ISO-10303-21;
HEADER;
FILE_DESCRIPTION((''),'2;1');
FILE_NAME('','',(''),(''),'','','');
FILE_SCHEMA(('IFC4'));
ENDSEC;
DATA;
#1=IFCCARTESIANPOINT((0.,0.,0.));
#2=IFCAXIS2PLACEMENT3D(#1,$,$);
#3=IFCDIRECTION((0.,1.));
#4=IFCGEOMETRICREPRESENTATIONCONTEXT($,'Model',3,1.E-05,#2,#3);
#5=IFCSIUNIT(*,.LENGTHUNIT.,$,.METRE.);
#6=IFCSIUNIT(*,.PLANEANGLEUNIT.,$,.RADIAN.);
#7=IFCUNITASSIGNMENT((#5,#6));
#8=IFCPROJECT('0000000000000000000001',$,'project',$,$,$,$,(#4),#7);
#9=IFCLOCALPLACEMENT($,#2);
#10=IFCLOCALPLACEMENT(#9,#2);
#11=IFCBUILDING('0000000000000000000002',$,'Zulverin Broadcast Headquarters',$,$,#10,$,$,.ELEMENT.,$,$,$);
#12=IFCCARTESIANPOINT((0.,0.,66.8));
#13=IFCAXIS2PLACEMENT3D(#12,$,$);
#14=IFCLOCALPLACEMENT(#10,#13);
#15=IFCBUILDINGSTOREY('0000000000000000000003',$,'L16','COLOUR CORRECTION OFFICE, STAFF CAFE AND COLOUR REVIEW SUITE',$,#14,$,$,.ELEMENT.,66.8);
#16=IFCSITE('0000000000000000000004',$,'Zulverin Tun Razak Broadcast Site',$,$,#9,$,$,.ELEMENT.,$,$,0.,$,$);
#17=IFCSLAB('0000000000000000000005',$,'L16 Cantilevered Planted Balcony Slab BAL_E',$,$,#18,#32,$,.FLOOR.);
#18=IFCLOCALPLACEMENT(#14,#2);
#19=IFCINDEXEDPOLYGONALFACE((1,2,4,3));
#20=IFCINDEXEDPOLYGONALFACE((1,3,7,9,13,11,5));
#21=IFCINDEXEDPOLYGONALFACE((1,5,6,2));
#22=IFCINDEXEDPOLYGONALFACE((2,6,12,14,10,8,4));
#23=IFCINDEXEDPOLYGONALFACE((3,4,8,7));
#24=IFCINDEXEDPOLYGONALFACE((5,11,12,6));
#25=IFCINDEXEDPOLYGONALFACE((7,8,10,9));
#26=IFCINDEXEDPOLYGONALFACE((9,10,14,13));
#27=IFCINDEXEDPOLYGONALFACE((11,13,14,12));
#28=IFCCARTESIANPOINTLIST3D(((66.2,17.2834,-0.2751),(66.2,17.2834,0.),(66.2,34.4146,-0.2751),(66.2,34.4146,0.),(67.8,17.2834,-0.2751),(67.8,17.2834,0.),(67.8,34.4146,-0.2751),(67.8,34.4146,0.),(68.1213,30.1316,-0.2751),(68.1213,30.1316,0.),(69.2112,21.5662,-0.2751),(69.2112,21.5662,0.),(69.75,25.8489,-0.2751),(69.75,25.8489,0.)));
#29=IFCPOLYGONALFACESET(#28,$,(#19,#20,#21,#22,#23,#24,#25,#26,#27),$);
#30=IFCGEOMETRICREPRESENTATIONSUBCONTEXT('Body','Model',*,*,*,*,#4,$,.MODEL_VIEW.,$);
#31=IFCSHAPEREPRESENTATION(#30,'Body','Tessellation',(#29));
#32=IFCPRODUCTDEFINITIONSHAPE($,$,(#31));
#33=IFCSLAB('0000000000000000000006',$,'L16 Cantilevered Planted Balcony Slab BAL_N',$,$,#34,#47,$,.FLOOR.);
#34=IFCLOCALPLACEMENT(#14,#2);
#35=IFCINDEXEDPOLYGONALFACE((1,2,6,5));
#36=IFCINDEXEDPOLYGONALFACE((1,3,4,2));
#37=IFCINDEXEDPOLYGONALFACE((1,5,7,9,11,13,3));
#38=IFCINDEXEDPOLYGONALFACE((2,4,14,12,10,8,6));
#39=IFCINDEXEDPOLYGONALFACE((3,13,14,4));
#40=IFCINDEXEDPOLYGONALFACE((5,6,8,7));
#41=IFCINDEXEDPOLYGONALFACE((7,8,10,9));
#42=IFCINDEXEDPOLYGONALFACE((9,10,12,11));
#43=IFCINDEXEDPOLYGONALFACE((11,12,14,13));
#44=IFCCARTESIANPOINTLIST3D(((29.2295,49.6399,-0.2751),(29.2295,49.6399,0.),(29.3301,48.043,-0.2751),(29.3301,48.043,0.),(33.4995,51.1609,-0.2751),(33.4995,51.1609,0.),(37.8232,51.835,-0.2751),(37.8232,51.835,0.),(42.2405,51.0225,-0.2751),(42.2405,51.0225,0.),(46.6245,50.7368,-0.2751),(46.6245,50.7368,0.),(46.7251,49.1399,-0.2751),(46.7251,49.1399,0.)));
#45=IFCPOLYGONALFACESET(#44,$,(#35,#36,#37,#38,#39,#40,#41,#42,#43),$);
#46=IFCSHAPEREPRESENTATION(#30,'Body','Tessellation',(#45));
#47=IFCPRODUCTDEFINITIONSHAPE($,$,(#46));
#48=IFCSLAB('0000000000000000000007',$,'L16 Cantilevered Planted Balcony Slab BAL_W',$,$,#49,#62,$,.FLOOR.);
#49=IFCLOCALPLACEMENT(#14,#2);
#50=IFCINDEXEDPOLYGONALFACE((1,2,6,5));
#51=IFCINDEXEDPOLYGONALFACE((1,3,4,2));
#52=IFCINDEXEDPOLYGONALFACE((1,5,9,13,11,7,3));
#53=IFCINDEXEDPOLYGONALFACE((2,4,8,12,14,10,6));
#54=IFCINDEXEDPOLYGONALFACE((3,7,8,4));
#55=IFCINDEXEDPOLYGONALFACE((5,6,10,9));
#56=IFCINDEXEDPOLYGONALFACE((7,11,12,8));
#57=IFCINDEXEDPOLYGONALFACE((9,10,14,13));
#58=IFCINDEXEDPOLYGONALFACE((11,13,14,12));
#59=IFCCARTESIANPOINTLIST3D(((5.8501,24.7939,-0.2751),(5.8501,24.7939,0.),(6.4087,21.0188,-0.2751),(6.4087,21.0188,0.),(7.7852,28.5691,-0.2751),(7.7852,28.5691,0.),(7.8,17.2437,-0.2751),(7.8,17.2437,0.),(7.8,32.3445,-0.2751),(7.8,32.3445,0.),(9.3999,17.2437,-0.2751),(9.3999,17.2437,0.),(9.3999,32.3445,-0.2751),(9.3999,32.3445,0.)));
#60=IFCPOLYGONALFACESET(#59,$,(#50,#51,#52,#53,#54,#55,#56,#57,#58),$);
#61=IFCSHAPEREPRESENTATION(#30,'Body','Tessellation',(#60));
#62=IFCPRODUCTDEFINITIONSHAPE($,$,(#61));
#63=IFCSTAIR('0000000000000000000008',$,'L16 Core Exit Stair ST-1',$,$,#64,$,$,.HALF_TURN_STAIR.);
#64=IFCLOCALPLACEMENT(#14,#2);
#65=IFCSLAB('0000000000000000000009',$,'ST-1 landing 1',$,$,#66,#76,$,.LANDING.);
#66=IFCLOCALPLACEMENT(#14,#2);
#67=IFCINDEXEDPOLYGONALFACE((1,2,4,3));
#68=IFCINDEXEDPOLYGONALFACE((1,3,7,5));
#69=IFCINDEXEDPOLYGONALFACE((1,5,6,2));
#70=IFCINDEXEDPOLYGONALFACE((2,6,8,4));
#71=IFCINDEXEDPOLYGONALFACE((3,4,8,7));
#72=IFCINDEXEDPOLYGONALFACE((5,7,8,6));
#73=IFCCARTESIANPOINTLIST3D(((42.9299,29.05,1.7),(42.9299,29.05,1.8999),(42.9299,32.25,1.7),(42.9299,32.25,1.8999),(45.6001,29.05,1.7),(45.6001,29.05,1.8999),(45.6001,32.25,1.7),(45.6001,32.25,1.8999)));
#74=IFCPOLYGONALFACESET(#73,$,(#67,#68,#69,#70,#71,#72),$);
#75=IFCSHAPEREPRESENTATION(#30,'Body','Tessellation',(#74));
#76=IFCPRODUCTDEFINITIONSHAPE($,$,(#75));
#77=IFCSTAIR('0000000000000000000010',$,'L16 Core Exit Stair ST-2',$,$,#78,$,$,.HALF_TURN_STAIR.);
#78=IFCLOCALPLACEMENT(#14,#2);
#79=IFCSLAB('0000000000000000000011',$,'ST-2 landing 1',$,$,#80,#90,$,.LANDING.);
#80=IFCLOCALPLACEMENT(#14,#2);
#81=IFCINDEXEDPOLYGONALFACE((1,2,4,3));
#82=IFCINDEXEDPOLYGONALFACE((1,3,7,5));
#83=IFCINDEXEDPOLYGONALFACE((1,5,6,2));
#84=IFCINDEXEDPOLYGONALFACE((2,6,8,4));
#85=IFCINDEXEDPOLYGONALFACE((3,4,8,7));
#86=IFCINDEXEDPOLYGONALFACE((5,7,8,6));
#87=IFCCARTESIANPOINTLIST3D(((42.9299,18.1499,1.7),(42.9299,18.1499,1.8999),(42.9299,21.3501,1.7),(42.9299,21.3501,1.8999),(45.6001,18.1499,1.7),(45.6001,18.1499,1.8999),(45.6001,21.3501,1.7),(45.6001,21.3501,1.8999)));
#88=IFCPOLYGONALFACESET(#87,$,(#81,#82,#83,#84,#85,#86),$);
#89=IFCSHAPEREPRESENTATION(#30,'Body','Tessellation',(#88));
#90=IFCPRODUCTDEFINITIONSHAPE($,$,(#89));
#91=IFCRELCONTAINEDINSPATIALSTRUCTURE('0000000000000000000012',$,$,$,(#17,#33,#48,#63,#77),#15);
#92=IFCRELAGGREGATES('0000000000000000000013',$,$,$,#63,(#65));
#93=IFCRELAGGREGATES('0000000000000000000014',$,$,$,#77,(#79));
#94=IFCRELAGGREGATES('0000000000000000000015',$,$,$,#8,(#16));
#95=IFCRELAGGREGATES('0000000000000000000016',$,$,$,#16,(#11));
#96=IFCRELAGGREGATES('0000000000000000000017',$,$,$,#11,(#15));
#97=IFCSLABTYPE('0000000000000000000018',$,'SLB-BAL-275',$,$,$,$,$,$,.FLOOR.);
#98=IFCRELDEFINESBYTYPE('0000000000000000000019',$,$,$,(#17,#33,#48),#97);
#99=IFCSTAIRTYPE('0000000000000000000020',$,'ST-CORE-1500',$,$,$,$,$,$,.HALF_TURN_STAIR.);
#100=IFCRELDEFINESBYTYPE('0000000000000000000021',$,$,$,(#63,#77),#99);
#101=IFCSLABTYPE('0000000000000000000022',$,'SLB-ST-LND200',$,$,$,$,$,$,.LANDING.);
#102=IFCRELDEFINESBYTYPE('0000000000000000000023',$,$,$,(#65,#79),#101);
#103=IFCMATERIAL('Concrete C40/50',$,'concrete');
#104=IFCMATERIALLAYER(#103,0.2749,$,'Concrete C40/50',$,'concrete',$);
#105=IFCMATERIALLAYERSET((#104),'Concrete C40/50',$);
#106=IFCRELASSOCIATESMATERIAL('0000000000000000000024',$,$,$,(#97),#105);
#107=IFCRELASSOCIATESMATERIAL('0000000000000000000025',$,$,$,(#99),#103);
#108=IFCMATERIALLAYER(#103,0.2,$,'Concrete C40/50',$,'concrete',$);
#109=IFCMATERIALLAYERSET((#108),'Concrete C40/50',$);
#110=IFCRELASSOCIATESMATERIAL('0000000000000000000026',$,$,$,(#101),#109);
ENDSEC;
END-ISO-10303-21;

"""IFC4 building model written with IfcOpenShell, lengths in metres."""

from ifc_helpers import new_model, si_unit, direction, frame, origin, place, context, subcontext, project, spatial, polyline, outline, extrude, material, layer, layer_set, type_object, element, aggregate, save


model = new_model("IFC4")

# Units and contexts
model_context = context("Model", 3, precision=1e-05, world=origin(), true_north=direction((0.0, 1.0)))
body_context = subcontext(model_context, "Body", "Model", "MODEL_VIEW")
ifc_project = project(units=[si_unit("LENGTHUNIT", "METRE"), si_unit("PLANEANGLEUNIT", "RADIAN")], contexts=[model_context])

# Site, building, storey
site_placement = place(None, origin())
site = spatial("IfcSite", under=ifc_project, at=site_placement, Name="Zulverin Tun Razak Broadcast Site", CompositionType="ELEMENT", RefElevation=0.0)
building_placement = place(site_placement, origin())
building = spatial("IfcBuilding", under=site, at=building_placement, Name="Zulverin Broadcast Headquarters", CompositionType="ELEMENT")
storey_placement = place(building_placement, frame((0.0, 0.0, 66.8)))
storey = spatial("IfcBuildingStorey", under=building, at=storey_placement, Name="L16", Description="COLOUR CORRECTION OFFICE, STAFF CAFE AND COLOUR REVIEW SUITE", CompositionType="ELEMENT", Elevation=66.8)

# Slabs
ifc_material_1 = material(Name="Concrete C40/50", Category="concrete")
ifc_layer_1 = layer(ifc_material_1, 0.2749, Name="Concrete C40/50", Category="concrete")
ifc_layer_set_1 = layer_set([ifc_layer_1], Name="Concrete C40/50")
slab_type_1 = type_object("IfcSlabType", Name="SLB-BAL-275", PredefinedType="FLOOR", material=ifc_layer_set_1)
slab_1_placement = place(storey_placement, frame((0.0, 0.0, -0.2751)))
element("IfcSlab", 1, at=slab_1_placement, inside=storey, type_object=slab_type_1, Name="L16 Cantilevered Planted Balcony Slab BAL_E", PredefinedType="FLOOR", context=body_context, shape_type="SweptSolid", body=[
    extrude(outline(polyline([(66.2, 34.4146), (66.2, 17.2834), (67.8, 17.2834), (69.2112, 21.5662), (69.75, 25.8489), (68.1213, 30.1316), (67.8, 34.4146), (66.2, 34.4146)])), origin(), (0.0, 0.0, 1.0), 0.2751),
])
slab_2_placement = place(storey_placement, frame((0.0, 0.0, -0.2751)))
element("IfcSlab", 2, at=slab_2_placement, inside=storey, type_object=slab_type_1, Name="L16 Cantilevered Planted Balcony Slab BAL_N", PredefinedType="FLOOR", context=body_context, shape_type="SweptSolid", body=[
    extrude(outline(polyline([(29.3301, 48.043), (46.7251, 49.1399), (46.6245, 50.7368), (42.2405, 51.0225), (37.8232, 51.835), (33.4995, 51.1609), (29.2295, 49.6399), (29.3301, 48.043)])), origin(), (0.0, 0.0, 1.0), 0.2751),
])
slab_3_placement = place(storey_placement, frame((0.0, 0.0, -0.2751)))
element("IfcSlab", 3, at=slab_3_placement, inside=storey, type_object=slab_type_1, Name="L16 Cantilevered Planted Balcony Slab BAL_W", PredefinedType="FLOOR", context=body_context, shape_type="SweptSolid", body=[
    extrude(outline(polyline([(9.3999, 17.2437), (9.3999, 32.3445), (7.8, 32.3445), (7.7852, 28.5691), (5.8501, 24.7939), (6.4087, 21.0188), (7.8, 17.2437), (9.3999, 17.2437)])), origin(), (0.0, 0.0, 1.0), 0.2751),
])

# Stairs, slabs
stair_type = type_object("IfcStairType", Name="ST-CORE-1500", PredefinedType="HALF_TURN_STAIR", material=ifc_material_1)
stair_1_placement = place(storey_placement, origin())
stair_1 = element("IfcStair", 4, at=stair_1_placement, inside=storey, type_object=stair_type, Name="L16 Core Exit Stair ST-1", PredefinedType="HALF_TURN_STAIR")
ifc_layer_2 = layer(ifc_material_1, 0.2, Name="Concrete C40/50", Category="concrete")
ifc_layer_set_2 = layer_set([ifc_layer_2], Name="Concrete C40/50")
slab_type_2 = type_object("IfcSlabType", Name="SLB-ST-LND200", PredefinedType="LANDING", material=ifc_layer_set_2)
slab_4_placement = place(storey_placement, frame((0.0, 0.0, 1.7)))
slab_4 = element("IfcSlab", 5, at=slab_4_placement, type_object=slab_type_2, Name="ST-1 landing 1", PredefinedType="LANDING", context=body_context, shape_type="SweptSolid", body=[
    extrude(outline(polyline([(42.9299, 29.05), (45.6001, 29.05), (45.6001, 32.25), (42.9299, 32.25), (42.9299, 29.05)])), origin(), (0.0, 0.0, 1.0), 0.2),
])
aggregate(stair_1, [slab_4])
stair_2_placement = place(storey_placement, origin())
stair_2 = element("IfcStair", 6, at=stair_2_placement, inside=storey, type_object=stair_type, Name="L16 Core Exit Stair ST-2", PredefinedType="HALF_TURN_STAIR")
slab_5_placement = place(storey_placement, frame((0.0, 0.0, 1.7)))
slab_5 = element("IfcSlab", 7, at=slab_5_placement, type_object=slab_type_2, Name="ST-2 landing 1", PredefinedType="LANDING", context=body_context, shape_type="SweptSolid", body=[
    extrude(outline(polyline([(42.9299, 18.1499), (45.6001, 18.1499), (45.6001, 21.3501), (42.9299, 21.3501), (42.9299, 18.1499)])), origin(), (0.0, 0.0, 1.0), 0.2),
])
aggregate(stair_2, [slab_5])

save(model, "model.ifc")
